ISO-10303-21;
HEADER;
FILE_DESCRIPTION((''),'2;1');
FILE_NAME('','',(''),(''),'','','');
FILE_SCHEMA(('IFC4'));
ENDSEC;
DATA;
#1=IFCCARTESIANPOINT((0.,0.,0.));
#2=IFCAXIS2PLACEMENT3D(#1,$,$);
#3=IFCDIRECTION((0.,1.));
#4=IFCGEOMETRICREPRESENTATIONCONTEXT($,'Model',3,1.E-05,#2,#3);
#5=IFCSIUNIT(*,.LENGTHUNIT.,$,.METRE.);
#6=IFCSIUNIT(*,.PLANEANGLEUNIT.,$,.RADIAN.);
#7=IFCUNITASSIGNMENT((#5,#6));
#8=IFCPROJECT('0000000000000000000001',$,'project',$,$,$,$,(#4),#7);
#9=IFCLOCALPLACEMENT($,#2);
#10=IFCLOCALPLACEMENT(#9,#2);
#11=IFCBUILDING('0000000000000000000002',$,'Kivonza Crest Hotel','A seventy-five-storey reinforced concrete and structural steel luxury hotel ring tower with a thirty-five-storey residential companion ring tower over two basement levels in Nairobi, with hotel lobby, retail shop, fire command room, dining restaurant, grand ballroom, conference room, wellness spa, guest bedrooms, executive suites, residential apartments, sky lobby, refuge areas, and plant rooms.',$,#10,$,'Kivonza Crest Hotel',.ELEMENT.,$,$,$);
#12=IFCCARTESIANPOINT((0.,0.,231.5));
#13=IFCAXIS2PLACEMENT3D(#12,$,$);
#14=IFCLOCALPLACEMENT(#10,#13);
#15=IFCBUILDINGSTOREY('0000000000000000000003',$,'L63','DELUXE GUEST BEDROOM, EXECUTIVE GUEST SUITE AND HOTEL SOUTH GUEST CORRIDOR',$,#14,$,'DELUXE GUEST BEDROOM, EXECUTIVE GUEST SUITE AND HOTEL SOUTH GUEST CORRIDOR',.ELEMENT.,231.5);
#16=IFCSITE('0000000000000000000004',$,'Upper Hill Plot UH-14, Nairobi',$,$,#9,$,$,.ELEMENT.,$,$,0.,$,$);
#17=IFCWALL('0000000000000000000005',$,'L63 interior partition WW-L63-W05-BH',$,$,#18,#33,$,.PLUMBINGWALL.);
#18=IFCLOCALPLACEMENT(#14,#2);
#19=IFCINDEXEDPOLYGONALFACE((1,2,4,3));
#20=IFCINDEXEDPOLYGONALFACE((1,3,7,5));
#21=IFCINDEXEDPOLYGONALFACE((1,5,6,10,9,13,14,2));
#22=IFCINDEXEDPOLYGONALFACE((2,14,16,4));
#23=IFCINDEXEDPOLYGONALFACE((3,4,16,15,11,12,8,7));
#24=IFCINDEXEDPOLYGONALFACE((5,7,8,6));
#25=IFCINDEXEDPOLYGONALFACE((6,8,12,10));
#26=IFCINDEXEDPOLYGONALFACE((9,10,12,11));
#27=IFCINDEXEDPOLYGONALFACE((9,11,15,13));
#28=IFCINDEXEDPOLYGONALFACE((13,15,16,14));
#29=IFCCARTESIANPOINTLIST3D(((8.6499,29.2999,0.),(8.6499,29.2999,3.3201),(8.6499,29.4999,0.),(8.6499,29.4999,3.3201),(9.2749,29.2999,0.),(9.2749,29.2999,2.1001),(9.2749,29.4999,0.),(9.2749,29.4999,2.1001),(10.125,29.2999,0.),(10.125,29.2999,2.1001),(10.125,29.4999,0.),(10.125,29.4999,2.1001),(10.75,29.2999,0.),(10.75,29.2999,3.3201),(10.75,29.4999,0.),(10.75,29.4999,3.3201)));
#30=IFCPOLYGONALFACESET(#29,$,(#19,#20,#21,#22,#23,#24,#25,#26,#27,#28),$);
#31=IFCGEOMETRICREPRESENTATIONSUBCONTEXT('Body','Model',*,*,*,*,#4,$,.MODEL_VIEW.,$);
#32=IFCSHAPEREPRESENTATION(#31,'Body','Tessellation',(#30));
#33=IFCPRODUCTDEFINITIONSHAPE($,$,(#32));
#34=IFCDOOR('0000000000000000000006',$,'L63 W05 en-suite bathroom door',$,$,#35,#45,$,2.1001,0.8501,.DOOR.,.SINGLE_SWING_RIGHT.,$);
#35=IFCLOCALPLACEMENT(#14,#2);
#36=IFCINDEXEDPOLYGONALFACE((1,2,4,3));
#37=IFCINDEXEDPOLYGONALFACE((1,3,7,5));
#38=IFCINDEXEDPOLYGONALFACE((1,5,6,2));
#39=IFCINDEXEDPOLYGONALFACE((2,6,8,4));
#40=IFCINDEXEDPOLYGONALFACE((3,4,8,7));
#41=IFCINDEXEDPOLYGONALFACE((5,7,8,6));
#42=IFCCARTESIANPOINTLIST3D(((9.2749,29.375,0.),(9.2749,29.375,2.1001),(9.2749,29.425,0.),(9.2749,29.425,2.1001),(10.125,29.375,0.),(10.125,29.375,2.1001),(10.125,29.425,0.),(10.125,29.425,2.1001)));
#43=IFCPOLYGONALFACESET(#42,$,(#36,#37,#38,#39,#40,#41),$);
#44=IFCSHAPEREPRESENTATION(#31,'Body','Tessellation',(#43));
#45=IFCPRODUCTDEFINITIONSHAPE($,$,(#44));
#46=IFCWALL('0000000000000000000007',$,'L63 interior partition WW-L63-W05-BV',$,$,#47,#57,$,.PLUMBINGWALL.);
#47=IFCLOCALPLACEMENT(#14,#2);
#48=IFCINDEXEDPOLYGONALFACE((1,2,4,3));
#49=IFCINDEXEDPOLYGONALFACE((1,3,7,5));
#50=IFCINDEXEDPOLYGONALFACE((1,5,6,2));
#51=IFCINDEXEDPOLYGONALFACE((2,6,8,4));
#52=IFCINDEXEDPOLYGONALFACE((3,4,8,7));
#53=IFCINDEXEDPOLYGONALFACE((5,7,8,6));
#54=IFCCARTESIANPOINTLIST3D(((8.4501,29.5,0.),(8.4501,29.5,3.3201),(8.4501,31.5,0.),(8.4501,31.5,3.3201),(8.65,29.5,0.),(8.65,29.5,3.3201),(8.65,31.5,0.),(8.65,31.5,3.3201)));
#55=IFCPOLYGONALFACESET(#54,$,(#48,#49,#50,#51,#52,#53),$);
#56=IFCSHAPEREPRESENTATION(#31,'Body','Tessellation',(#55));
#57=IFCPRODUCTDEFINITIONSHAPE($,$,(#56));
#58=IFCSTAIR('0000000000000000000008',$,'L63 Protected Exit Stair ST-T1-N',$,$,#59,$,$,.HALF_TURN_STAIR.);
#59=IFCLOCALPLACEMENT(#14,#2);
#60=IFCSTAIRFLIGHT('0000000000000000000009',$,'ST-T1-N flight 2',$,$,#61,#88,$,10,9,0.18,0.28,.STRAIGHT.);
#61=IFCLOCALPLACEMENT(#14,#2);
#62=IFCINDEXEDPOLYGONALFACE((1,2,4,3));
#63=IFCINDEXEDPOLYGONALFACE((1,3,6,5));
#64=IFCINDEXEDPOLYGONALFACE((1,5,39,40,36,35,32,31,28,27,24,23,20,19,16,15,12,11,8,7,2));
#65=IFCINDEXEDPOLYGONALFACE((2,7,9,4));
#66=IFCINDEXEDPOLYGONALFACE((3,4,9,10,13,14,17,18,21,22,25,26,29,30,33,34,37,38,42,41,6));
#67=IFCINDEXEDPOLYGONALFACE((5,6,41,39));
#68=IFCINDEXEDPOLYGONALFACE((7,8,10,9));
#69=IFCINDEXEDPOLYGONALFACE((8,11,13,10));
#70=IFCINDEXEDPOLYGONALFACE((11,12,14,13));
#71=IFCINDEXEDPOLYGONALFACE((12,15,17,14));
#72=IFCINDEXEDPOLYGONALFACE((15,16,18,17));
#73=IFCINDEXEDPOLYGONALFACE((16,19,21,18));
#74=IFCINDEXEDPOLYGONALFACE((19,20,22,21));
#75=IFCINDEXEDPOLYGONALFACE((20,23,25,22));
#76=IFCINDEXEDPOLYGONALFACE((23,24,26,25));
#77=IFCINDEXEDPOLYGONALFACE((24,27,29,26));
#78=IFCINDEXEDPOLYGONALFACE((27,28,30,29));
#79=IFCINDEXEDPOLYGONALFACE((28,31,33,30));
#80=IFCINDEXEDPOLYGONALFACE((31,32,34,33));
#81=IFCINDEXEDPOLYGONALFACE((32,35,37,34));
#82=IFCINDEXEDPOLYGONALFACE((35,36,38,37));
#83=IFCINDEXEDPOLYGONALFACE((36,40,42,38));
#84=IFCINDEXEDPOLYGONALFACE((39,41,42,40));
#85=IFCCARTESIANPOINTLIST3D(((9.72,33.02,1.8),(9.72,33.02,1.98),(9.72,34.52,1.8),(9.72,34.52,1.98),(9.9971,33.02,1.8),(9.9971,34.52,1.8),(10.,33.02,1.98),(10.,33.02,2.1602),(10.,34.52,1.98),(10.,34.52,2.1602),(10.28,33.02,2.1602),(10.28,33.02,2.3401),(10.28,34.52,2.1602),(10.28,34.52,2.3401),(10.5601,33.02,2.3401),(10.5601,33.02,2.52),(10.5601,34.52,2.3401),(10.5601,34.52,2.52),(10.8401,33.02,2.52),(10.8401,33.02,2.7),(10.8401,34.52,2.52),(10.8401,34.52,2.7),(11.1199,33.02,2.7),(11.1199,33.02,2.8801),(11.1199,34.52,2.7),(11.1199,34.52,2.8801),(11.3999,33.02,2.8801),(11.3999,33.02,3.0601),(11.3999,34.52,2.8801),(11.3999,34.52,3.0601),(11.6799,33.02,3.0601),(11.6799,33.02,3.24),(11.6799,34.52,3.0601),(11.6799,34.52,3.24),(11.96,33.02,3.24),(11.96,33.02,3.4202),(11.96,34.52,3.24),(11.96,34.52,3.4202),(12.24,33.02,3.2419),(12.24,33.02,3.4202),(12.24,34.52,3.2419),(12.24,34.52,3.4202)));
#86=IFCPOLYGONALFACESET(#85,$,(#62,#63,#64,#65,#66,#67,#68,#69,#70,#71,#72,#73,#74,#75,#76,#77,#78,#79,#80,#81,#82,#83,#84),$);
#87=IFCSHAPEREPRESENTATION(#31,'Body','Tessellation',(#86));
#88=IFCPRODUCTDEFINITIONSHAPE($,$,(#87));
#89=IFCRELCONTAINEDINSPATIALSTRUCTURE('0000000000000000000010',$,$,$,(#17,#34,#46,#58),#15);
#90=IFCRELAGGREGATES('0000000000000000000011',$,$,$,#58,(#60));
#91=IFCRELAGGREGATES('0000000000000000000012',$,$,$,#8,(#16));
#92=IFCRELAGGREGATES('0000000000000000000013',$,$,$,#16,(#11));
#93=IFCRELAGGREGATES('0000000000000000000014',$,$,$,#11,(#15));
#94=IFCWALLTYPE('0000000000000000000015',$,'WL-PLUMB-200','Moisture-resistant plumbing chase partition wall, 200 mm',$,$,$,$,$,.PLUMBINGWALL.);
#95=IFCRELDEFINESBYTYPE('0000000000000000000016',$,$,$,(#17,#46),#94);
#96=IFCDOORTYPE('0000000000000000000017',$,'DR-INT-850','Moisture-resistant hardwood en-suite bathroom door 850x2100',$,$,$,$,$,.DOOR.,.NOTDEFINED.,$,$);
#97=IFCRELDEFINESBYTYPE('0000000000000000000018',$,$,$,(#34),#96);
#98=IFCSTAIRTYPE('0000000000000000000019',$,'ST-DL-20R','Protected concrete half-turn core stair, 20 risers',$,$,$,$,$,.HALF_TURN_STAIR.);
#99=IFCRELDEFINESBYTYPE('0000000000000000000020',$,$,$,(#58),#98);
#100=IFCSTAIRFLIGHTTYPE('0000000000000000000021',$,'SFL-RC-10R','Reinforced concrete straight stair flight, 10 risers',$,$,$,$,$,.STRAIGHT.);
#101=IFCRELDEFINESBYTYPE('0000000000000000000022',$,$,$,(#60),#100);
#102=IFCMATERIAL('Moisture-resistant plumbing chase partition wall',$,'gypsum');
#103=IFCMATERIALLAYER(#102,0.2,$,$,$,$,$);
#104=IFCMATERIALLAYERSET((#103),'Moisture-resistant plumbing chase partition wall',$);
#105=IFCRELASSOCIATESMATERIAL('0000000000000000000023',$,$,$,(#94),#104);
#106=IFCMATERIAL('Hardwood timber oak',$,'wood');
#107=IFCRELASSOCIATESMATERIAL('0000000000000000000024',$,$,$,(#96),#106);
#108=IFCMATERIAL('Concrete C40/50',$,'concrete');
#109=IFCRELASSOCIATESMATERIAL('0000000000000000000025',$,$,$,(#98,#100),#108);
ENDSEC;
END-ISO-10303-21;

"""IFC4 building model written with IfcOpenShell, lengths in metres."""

from ifc_helpers import new_model, si_unit, direction, frame, frame_2d, origin, place, context, subcontext, project, spatial, polyline, rectangle, outline, extrude, material, layer, layer_set, type_object, element, fill, aggregate, save


model = new_model("IFC4")

# Units and contexts
model_context = context("Model", 3, precision=1e-05, world=origin(), true_north=direction((0.0, 1.0)))
body_context = subcontext(model_context, "Body", "Model", "MODEL_VIEW")
ifc_project = project(units=[si_unit("LENGTHUNIT", "METRE"), si_unit("PLANEANGLEUNIT", "RADIAN")], contexts=[model_context])

# Site, building, storey
site_placement = place(None, origin())
site = spatial("IfcSite", under=ifc_project, at=site_placement, Name="Upper Hill Plot UH-14, Nairobi", CompositionType="ELEMENT", RefElevation=0.0)
building_placement = place(site_placement, origin())
building = spatial("IfcBuilding", under=site, at=building_placement, Name="Kivonza Crest Hotel", Description="A seventy-five-storey reinforced concrete and structural steel luxury hotel ring tower with a thirty-five-storey residential companion ring tower over two basement levels in Nairobi, with hotel lobby, retail shop, fire command room, dining restaurant, grand ballroom, conference room, wellness spa, guest bedrooms, executive suites, residential apartments, sky lobby, refuge areas, and plant rooms.", LongName="Kivonza Crest Hotel", CompositionType="ELEMENT")
storey_placement = place(building_placement, frame((0.0, 0.0, 231.5)))
storey = spatial("IfcBuildingStorey", under=building, at=storey_placement, Name="L63", Description="DELUXE GUEST BEDROOM, EXECUTIVE GUEST SUITE AND HOTEL SOUTH GUEST CORRIDOR", LongName="DELUXE GUEST BEDROOM, EXECUTIVE GUEST SUITE AND HOTEL SOUTH GUEST CORRIDOR", CompositionType="ELEMENT", Elevation=231.5)

# Shared definitions
ifc_material_1 = material(Name="Hardwood timber oak", Category="wood")

# Wall, opening, door
ifc_material_2 = material(Name="Moisture-resistant plumbing chase partition wall", Category="gypsum")
ifc_layer_1 = layer(ifc_material_2, 0.2)
ifc_layer_set_1 = layer_set([ifc_layer_1], Name="Moisture-resistant plumbing chase partition wall")
wall_type_1 = type_object("IfcWallType", Name="WL-PLUMB-200", Description="Moisture-resistant plumbing chase partition wall, 200 mm", PredefinedType="PLUMBINGWALL", material=ifc_layer_set_1)
wall_1_placement = place(storey_placement, frame((8.6499, 29.3999, 0.0), z_axis=(0.0, 0.0, 1.0), x_axis=(1.0, 0.0, 0.0)))
wall_1 = element("IfcWall", 1, at=wall_1_placement, inside=storey, type_object=wall_type_1, Name="L63 interior partition WW-L63-W05-BH", PredefinedType="PLUMBINGWALL", context=body_context, shape_type="SweptSolid", body=[
    extrude(rectangle(XDim=2.1001, YDim=0.2, at=frame_2d((1.05, 0.0))), origin(), (0.0, 0.0, 1.0), 3.3201),
])
opening_1_placement = place(wall_1_placement, frame((0.625, 0.0, 0.0)))
opening_1 = element("IfcOpeningElement", 2, at=opening_1_placement, cuts=wall_1, PredefinedType="OPENING", context=body_context, shape_type="SweptSolid", body=[
    extrude(rectangle(XDim=0.8501, YDim=2.1001, at=frame_2d((0.425, 1.05))), frame((0.0, 0.1099, 0.0), z_axis=(0.0, -1.0, 0.0), x_axis=(1.0, 0.0, 0.0)), (0.0, 0.0, 1.0), 0.22),
])
door_type_1 = type_object("IfcDoorType", Name="DR-INT-850", Description="Moisture-resistant hardwood en-suite bathroom door 850x2100", OperationType="NOTDEFINED", PredefinedType="DOOR", material=ifc_material_1)
door_1_placement = place(opening_1_placement, frame((0.8501, 0.0, 0.0), z_axis=(0.0, 0.0, 1.0), x_axis=(-1.0, 0.0, 0.0)))
door_1 = element("IfcDoor", 3, at=door_1_placement, inside=storey, type_object=door_type_1, Name="L63 W05 en-suite bathroom door", OperationType="SINGLE_SWING_RIGHT", OverallHeight=2.1001, OverallWidth=0.8501, PredefinedType="DOOR", context=body_context, shape_type="SweptSolid", body=[
    extrude(rectangle(XDim=0.8501, YDim=2.1001, at=frame_2d((0.425, 1.05))), frame((0.0, 0.0249, 0.0), z_axis=(0.0, -1.0, 0.0), x_axis=(1.0, 0.0, 0.0)), (0.0, 0.0, 1.0), 0.05),
])
fill(opening_1, door_1)

# Wall
wall_2_placement = place(storey_placement, frame((8.55, 29.5, 0.0), z_axis=(0.0, 0.0, 1.0), x_axis=(0.0, 1.0, 0.0)))
element("IfcWall", 4, at=wall_2_placement, inside=storey, type_object=wall_type_1, Name="L63 interior partition WW-L63-W05-BV", PredefinedType="PLUMBINGWALL", context=body_context, shape_type="SweptSolid", body=[
    extrude(rectangle(XDim=2.0, YDim=0.2, at=frame_2d((1.0, 0.0))), origin(), (0.0, 0.0, 1.0), 3.3201),
])

# Stair, stair flight
ifc_material_3 = material(Name="Concrete C40/50", Category="concrete")
stair_type = type_object("IfcStairType", Name="ST-DL-20R", Description="Protected concrete half-turn core stair, 20 risers", PredefinedType="HALF_TURN_STAIR", material=ifc_material_3)
stair_placement = place(storey_placement, origin())
stair = element("IfcStair", 5, at=stair_placement, inside=storey, type_object=stair_type, Name="L63 Protected Exit Stair ST-T1-N", PredefinedType="HALF_TURN_STAIR")
stair_flight_type = type_object("IfcStairFlightType", Name="SFL-RC-10R", Description="Reinforced concrete straight stair flight, 10 risers", PredefinedType="STRAIGHT", material=ifc_material_3)
stair_flight_placement = place(storey_placement, frame((9.72, 33.77, 1.8), z_axis=(0.0, 0.0, 1.0), x_axis=(1.0, 0.0, 0.0)))
stair_flight = element("IfcStairFlight", 6, at=stair_flight_placement, type_object=stair_flight_type, Name="ST-T1-N flight 2", NumberOfRisers=10, NumberOfTreads=9, PredefinedType="STRAIGHT", RiserHeight=0.18, TreadLength=0.28, context=body_context, shape_type="SweptSolid", body=[
    extrude(outline(polyline([(0.0, 0.0), (0.0, 0.1799), (0.28, 0.1799), (0.28, 0.3601), (0.5601, 0.3601), (0.5601, 0.54), (0.8401, 0.54), (0.8401, 0.72), (1.1201, 0.72), (1.1201, 0.8999), (1.3999, 0.8999), (1.3999, 1.0801), (1.6799, 1.0801), (1.6799, 1.26), (1.96, 1.26), (1.96, 1.4399), (2.24, 1.4399), (2.24, 1.6201), (2.52, 1.6201), (2.52, 1.8), (2.52, 1.4419), (0.2771, 0.0), (0.0, 0.0)])), frame((0.0, 0.75, 0.0), z_axis=(0.0, -1.0, 0.0), x_axis=(1.0, 0.0, 0.0)), (0.0, 0.0, 1.0), 1.5),
])
aggregate(stair, [stair_flight])

save(model, "model.ifc")
